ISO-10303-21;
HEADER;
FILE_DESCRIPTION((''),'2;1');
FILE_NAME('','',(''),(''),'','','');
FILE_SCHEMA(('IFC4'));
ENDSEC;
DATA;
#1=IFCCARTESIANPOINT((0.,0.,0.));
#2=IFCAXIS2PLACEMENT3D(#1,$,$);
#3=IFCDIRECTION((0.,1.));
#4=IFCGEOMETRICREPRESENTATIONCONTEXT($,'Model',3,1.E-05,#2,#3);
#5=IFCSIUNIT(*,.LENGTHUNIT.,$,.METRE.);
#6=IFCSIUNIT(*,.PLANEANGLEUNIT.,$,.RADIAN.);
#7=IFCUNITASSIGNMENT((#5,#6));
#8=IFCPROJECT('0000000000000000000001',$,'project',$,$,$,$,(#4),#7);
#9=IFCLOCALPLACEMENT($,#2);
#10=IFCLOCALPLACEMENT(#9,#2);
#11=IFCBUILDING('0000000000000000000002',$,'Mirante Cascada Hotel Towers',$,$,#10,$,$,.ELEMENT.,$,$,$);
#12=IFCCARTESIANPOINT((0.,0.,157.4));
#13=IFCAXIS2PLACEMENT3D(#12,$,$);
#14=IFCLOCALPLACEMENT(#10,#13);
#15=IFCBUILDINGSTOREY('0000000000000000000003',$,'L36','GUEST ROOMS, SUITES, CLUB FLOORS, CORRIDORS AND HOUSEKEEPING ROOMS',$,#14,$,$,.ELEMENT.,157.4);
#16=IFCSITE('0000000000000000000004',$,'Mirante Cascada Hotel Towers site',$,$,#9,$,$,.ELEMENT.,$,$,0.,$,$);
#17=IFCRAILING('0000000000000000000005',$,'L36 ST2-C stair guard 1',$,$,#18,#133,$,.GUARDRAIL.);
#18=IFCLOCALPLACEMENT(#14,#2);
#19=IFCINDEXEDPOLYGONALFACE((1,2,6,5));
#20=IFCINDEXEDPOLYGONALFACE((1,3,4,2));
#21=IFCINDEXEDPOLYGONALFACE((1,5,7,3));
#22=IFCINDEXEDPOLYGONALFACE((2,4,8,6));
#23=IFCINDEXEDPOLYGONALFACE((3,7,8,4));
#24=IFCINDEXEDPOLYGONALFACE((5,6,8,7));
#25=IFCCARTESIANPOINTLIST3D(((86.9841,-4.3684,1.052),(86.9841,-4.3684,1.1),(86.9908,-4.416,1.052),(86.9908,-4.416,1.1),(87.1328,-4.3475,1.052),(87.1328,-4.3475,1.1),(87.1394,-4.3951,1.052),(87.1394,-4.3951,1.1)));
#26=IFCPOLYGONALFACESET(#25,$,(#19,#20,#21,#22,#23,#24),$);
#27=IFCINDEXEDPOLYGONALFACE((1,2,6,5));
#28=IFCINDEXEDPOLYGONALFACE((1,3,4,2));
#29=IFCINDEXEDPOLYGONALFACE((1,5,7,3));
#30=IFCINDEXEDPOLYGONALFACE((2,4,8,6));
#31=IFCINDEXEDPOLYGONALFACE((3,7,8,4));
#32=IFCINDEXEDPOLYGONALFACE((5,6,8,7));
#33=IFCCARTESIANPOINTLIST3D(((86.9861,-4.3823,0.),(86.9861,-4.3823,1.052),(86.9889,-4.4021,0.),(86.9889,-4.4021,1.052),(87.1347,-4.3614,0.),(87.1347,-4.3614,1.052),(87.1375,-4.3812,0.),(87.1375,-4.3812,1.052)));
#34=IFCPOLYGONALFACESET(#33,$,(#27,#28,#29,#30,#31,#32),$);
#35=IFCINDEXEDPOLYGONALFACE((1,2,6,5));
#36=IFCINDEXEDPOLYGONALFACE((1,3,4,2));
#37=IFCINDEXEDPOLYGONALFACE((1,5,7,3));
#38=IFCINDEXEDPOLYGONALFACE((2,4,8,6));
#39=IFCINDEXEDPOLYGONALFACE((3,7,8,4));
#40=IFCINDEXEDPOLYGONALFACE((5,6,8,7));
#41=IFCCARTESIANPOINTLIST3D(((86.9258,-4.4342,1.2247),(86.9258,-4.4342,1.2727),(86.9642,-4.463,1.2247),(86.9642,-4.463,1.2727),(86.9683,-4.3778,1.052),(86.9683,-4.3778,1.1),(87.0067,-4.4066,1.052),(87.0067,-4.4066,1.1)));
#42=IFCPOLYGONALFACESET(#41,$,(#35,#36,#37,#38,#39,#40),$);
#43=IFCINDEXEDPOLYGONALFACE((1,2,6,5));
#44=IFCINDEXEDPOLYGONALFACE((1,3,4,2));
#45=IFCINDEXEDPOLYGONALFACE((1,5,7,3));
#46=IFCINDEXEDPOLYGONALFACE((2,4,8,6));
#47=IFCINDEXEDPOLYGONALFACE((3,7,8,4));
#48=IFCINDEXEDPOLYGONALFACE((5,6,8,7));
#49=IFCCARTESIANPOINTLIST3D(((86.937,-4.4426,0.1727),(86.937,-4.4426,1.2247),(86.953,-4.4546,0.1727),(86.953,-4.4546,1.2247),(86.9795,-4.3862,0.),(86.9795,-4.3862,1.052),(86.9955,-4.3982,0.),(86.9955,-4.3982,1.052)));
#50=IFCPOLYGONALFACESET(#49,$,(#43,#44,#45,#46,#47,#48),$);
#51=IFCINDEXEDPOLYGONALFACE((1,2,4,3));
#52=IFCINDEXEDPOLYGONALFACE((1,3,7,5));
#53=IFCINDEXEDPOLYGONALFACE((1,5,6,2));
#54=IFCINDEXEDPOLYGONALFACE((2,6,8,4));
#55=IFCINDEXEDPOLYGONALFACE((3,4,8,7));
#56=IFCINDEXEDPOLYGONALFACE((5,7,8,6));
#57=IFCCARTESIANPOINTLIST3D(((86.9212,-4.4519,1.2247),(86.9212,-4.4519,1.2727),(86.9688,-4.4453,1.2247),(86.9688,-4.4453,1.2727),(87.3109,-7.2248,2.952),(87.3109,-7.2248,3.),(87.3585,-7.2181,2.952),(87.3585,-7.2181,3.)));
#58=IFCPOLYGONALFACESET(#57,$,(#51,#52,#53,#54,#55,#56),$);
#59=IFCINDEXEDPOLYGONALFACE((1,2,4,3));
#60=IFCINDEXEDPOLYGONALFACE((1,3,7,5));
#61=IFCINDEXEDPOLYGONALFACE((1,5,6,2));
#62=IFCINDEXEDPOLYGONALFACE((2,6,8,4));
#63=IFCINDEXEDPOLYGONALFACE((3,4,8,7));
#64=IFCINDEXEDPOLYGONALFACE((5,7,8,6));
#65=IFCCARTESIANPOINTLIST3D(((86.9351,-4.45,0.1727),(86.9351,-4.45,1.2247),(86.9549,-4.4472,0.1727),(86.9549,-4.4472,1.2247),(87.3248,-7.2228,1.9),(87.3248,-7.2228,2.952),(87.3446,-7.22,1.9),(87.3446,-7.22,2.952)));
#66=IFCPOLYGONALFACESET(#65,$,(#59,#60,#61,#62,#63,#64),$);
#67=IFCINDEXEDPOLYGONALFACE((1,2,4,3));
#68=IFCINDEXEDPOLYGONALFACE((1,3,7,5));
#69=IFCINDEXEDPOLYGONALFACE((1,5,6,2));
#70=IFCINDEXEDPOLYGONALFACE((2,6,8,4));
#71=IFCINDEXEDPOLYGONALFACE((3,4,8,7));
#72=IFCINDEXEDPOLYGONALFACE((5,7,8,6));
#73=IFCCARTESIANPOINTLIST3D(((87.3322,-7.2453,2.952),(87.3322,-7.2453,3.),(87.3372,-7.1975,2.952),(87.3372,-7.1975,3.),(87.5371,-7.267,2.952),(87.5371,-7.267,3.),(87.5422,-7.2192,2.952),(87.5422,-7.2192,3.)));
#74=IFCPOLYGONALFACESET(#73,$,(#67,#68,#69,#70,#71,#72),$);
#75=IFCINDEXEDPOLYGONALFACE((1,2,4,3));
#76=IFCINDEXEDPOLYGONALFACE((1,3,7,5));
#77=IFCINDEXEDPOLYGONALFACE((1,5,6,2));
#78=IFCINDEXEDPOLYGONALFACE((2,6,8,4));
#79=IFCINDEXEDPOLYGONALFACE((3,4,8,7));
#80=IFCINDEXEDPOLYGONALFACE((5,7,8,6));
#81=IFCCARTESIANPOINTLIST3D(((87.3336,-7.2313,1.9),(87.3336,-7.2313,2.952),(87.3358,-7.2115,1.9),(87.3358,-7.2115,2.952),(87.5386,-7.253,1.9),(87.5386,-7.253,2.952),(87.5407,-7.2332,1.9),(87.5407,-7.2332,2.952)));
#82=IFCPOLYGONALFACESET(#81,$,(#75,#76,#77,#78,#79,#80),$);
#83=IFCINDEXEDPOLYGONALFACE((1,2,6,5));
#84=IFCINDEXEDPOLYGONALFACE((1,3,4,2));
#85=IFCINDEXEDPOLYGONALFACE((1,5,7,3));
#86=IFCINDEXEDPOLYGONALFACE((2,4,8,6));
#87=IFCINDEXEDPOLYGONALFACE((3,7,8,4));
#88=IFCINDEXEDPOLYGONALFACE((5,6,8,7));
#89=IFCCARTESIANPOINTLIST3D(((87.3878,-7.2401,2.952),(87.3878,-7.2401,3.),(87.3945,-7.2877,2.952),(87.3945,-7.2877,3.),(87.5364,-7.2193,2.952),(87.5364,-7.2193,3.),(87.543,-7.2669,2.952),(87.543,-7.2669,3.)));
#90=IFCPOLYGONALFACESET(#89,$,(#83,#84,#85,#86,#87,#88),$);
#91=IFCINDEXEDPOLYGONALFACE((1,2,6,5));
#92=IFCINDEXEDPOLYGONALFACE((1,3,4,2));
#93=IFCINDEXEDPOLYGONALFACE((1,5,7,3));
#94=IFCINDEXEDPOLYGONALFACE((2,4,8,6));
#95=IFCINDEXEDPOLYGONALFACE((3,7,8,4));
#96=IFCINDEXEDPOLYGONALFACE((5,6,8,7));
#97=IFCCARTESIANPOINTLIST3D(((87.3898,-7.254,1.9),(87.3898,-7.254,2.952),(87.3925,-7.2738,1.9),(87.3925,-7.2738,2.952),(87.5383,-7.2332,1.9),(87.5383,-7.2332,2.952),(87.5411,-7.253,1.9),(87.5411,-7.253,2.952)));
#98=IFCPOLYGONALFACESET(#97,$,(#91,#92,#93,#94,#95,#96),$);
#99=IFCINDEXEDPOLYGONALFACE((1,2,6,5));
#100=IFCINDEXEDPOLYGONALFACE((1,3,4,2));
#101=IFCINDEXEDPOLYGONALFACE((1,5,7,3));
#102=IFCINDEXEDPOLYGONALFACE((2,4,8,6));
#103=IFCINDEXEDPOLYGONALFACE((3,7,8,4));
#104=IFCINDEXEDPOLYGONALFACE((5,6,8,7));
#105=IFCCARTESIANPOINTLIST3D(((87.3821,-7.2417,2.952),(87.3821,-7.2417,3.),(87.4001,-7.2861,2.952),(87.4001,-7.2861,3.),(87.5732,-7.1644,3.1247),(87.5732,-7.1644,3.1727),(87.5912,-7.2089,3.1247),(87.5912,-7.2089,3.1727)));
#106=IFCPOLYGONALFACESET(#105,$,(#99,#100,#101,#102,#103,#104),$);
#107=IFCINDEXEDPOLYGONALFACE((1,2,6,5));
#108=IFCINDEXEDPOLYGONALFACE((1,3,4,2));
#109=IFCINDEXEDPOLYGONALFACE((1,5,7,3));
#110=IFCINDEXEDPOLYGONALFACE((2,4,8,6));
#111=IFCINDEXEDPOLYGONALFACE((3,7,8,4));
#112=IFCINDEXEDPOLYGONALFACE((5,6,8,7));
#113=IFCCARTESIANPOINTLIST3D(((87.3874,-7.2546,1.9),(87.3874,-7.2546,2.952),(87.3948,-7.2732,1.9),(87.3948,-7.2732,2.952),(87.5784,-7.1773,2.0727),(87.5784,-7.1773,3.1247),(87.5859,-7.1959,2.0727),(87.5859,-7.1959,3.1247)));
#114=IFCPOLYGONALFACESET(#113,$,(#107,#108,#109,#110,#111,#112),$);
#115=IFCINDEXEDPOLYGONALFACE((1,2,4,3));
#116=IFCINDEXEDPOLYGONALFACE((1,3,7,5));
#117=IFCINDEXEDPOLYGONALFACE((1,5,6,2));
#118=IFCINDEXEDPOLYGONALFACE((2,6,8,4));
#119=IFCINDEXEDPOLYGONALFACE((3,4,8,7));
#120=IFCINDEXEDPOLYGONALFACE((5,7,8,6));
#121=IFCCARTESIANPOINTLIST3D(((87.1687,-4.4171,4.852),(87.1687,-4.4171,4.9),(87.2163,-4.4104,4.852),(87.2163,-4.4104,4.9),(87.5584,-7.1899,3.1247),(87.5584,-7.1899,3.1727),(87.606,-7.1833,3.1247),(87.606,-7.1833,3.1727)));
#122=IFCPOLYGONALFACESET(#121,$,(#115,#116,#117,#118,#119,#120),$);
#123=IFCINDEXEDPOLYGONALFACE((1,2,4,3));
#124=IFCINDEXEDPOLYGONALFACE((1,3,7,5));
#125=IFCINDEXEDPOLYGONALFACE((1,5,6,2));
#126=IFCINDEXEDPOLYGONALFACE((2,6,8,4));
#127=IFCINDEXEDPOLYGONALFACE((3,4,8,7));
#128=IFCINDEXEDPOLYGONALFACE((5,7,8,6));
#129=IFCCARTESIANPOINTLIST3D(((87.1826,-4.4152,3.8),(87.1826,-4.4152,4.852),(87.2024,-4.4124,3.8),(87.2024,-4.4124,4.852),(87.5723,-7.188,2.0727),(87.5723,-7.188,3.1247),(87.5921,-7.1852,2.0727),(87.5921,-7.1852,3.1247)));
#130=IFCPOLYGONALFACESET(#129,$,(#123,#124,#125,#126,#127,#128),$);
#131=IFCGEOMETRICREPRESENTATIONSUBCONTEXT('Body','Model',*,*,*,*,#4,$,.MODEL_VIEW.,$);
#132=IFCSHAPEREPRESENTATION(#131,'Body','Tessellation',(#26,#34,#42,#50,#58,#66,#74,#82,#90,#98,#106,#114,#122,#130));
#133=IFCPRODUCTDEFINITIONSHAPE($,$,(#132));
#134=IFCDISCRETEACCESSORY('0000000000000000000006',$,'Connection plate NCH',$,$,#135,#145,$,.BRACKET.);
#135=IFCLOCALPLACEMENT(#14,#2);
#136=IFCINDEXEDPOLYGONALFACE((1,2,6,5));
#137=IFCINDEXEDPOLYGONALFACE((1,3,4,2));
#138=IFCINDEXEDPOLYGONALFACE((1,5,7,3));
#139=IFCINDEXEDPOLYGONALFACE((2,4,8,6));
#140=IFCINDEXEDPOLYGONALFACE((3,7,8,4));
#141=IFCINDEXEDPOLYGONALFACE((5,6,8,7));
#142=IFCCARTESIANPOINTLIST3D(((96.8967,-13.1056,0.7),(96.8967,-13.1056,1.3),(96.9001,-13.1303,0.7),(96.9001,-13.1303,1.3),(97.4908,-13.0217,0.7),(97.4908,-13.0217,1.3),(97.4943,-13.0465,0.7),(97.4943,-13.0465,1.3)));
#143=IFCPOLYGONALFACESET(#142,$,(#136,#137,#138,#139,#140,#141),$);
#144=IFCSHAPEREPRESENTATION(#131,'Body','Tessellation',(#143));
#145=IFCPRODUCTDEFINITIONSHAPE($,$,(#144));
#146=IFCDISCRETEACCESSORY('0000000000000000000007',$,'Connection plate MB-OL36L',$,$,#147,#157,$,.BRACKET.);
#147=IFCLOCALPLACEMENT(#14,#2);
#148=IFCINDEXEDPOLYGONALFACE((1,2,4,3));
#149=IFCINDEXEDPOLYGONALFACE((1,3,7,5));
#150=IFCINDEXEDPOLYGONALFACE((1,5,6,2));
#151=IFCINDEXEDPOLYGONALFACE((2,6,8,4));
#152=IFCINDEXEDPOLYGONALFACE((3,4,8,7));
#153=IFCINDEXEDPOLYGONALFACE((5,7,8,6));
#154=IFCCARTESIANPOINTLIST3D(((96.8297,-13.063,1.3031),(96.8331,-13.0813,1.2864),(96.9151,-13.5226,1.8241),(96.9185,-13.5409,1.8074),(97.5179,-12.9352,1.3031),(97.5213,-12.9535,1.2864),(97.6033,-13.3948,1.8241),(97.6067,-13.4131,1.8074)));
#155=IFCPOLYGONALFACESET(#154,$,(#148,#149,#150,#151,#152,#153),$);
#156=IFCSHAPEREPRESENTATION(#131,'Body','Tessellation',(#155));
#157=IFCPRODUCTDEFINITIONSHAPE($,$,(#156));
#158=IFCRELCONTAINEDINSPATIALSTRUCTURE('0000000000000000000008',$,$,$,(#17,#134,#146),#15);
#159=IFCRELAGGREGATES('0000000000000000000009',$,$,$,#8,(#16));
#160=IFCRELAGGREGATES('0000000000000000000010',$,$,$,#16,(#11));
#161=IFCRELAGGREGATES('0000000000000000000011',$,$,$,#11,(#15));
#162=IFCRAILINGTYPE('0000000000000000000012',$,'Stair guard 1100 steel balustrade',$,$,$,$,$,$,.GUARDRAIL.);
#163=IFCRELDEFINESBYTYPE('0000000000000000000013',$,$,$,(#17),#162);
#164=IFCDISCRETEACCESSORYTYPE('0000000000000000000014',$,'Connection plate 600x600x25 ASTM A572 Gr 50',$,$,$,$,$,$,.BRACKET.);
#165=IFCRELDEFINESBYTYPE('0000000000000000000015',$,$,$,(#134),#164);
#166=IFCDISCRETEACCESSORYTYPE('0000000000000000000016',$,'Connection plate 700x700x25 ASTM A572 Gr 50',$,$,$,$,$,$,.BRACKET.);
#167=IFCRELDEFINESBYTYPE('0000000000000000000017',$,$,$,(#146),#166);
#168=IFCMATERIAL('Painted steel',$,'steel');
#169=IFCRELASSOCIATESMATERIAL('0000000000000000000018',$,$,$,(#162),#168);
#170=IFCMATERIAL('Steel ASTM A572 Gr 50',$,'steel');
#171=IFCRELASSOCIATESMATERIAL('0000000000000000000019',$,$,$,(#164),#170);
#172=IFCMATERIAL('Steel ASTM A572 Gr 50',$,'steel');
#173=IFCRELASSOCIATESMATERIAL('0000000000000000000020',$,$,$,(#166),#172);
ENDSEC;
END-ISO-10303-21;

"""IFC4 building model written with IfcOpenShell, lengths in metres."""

from ifc_helpers import new_model, si_unit, direction, frame, origin, origin_2d, place, context, subcontext, project, spatial, rectangle, extrude, material, material_profile, profile_set, type_object, element, save


model = new_model("IFC4")

# Units and contexts
model_context = context("Model", 3, precision=1e-05, world=origin(), true_north=direction((0.0, 1.0)))
body_context = subcontext(model_context, "Body", "Model", "MODEL_VIEW")
ifc_project = project(units=[si_unit("LENGTHUNIT", "METRE"), si_unit("PLANEANGLEUNIT", "RADIAN")], contexts=[model_context])

# Site, building, storey
site_placement = place(None, origin())
site = spatial("IfcSite", under=ifc_project, at=site_placement, Name="Mirante Cascada Hotel Towers site", CompositionType="ELEMENT", RefElevation=0.0)
building_placement = place(site_placement, origin())
building = spatial("IfcBuilding", under=site, at=building_placement, Name="Mirante Cascada Hotel Towers", CompositionType="ELEMENT")
storey_placement = place(building_placement, frame((0.0, 0.0, 157.4)))
storey = spatial("IfcBuildingStorey", under=building, at=storey_placement, Name="L36", Description="GUEST ROOMS, SUITES, CLUB FLOORS, CORRIDORS AND HOUSEKEEPING ROOMS", CompositionType="ELEMENT", Elevation=157.4)

# Railing
ifc_material_1 = material(Name="Painted steel", Category="steel")
railing_type = type_object("IfcRailingType", Name="Stair guard 1100 steel balustrade", PredefinedType="GUARDRAIL", material=ifc_material_1)
railing_placement = place(storey_placement, frame((87.1361, -4.3713, 0.0)))
element("IfcRailing", 1, at=railing_placement, inside=storey, type_object=railing_type, Name="L36 ST2-C stair guard 1", PredefinedType="GUARDRAIL", context=body_context, shape_type="SweptSolid", body=[
    extrude(rectangle(XDim=0.048, YDim=0.048, at=origin_2d()), frame((0.0, 0.0, 1.076), z_axis=(-0.990254, -0.139275, 0.0), x_axis=(0.139275, -0.990254, 0.0)), (0.0, 0.0, 1.0), 0.1501),
    extrude(rectangle(XDim=0.02, YDim=1.052, at=origin_2d()), frame((0.0, 0.0, 0.526), z_axis=(-0.990254, -0.139275, 0.0), x_axis=(0.139275, -0.990254, 0.0)), (0.0, 0.0, 1.0), 0.1501),
    extrude(rectangle(XDim=0.048, YDim=0.048, at=origin_2d()), frame((-0.1486, -0.0209, 1.076), z_axis=(-0.601811, -0.798639, 0.0), x_axis=(0.798639, -0.601811, 0.0)), (0.0, 0.925603, 0.378496), 0.1866),
    extrude(rectangle(XDim=0.02, YDim=1.052, at=origin_2d()), frame((-0.1486, -0.0209, 0.526), z_axis=(-0.601811, -0.798639, 0.0), x_axis=(0.798639, -0.601811, 0.0)), (0.0, 0.925603, 0.378496), 0.1866),
    extrude(rectangle(XDim=0.048, YDim=0.048, at=origin_2d()), frame((-0.1911, -0.0773, 1.2487), z_axis=(0.139176, -0.990268, 0.0), x_axis=(0.990268, 0.139176, 0.0)), (0.0, 0.525021, 0.851089), 3.29),
    extrude(rectangle(XDim=0.02, YDim=1.052, at=origin_2d()), frame((-0.1911, -0.0773, 0.6987), z_axis=(0.139176, -0.990268, 0.0), x_axis=(0.990268, 0.139176, 0.0)), (0.0, 0.525021, 0.851089), 3.29),
    extrude(rectangle(XDim=0.048, YDim=0.048, at=origin_2d()), frame((0.1986, -2.8501, 2.976), z_axis=(0.994444, -0.105266, 0.0), x_axis=(0.105266, 0.994444, 0.0)), (0.0, 0.0, 1.0), 0.2061),
    extrude(rectangle(XDim=0.02, YDim=1.052, at=origin_2d()), frame((0.1986, -2.8501, 2.426), z_axis=(0.994444, -0.105266, 0.0), x_axis=(0.105266, 0.994444, 0.0)), (0.0, 0.0, 1.0), 0.2061),
    extrude(rectangle(XDim=0.048, YDim=0.048, at=origin_2d()), frame((0.4036, -2.8718, 2.976), z_axis=(-0.990345, -0.138622, 0.0), x_axis=(0.138622, -0.990345, 0.0)), (0.0, 0.0, 1.0), 0.15),
    extrude(rectangle(XDim=0.02, YDim=1.052, at=origin_2d()), frame((0.4036, -2.8718, 2.426), z_axis=(-0.990345, -0.138622, 0.0), x_axis=(0.138622, -0.990345, 0.0)), (0.0, 0.0, 1.0), 0.15),
    extrude(rectangle(XDim=0.048, YDim=0.048, at=origin_2d()), frame((0.255, -2.8926, 2.976), z_axis=(0.927031, 0.374984, 0.0), x_axis=(-0.374984, 0.927031, 0.0)), (0.0, 0.64219, 0.766545), 0.2689),
    extrude(rectangle(XDim=0.02, YDim=1.052, at=origin_2d()), frame((0.255, -2.8926, 2.426), z_axis=(0.927031, 0.374984, 0.0), x_axis=(-0.374984, 0.927031, 0.0)), (0.0, 0.64219, 0.766545), 0.2689),
    extrude(rectangle(XDim=0.048, YDim=0.048, at=origin_2d()), frame((0.4461, -2.8153, 3.1487), z_axis=(-0.139176, 0.990268, 0.0), x_axis=(-0.990268, -0.139176, 0.0)), (0.0, 0.525021, 0.851089), 3.29),
    extrude(rectangle(XDim=0.02, YDim=1.052, at=origin_2d()), frame((0.4461, -2.8153, 2.5987), z_axis=(-0.139176, 0.990268, 0.0), x_axis=(-0.990268, -0.139176, 0.0)), (0.0, 0.525021, 0.851089), 3.29),
])

# Discrete accessories
ifc_material_2 = material(Name="Steel ASTM A572 Gr 50", Category="steel")
ifc_material_profile_1 = material_profile(ifc_material_2, rectangle(XDim=0.6, YDim=0.6, at=origin_2d()), Name="Connection plate 600x600x25 ASTM A572 Gr 50")
ifc_profile_set_1 = profile_set([ifc_material_profile_1], Name="Steel ASTM A572 Gr 50")
discrete_accessory_type_1 = type_object("IfcDiscreteAccessoryType", Name="Connection plate 600x600x25 ASTM A572 Gr 50", PredefinedType="BRACKET", material=ifc_profile_set_1)
discrete_accessory_1_placement = place(storey_placement, frame((97.1972, -13.0884, 1.0), z_axis=(-0.139744, 0.990188, 0.0), x_axis=(-0.990188, -0.139744, 0.0)))
element("IfcDiscreteAccessory", 2, at=discrete_accessory_1_placement, inside=storey, type_object=discrete_accessory_type_1, Name="Connection plate NCH", PredefinedType="BRACKET", context=body_context, shape_type="SweptSolid", body=[
    extrude(rectangle(XDim=0.6, YDim=0.6, at=origin_2d()), origin(), (0.0, 0.0, 1.0), 0.025),
])
ifc_material_3 = material(Name="Steel ASTM A572 Gr 50", Category="steel")
ifc_material_profile_2 = material_profile(ifc_material_3, rectangle(XDim=0.7, YDim=0.7, at=origin_2d()), Name="Connection plate 700x700x25 ASTM A572 Gr 50")
ifc_profile_set_2 = profile_set([ifc_material_profile_2], Name="Steel ASTM A572 Gr 50")
discrete_accessory_type_2 = type_object("IfcDiscreteAccessoryType", Name="Connection plate 700x700x25 ASTM A572 Gr 50", PredefinedType="BRACKET", material=ifc_profile_set_2)
discrete_accessory_2_placement = place(storey_placement, frame((97.2199, -13.2472, 1.5469), z_axis=(-0.135963, 0.731801, 0.667818), x_axis=(-0.983175, -0.182666, 0.0)))
element("IfcDiscreteAccessory", 3, at=discrete_accessory_2_placement, inside=storey, type_object=discrete_accessory_type_2, Name="Connection plate MB-OL36L", PredefinedType="BRACKET", context=body_context, shape_type="SweptSolid", body=[
    extrude(rectangle(XDim=0.7, YDim=0.7, at=origin_2d()), origin(), (0.0, 0.0, 1.0), 0.025),
])

save(model, "model.ifc")
